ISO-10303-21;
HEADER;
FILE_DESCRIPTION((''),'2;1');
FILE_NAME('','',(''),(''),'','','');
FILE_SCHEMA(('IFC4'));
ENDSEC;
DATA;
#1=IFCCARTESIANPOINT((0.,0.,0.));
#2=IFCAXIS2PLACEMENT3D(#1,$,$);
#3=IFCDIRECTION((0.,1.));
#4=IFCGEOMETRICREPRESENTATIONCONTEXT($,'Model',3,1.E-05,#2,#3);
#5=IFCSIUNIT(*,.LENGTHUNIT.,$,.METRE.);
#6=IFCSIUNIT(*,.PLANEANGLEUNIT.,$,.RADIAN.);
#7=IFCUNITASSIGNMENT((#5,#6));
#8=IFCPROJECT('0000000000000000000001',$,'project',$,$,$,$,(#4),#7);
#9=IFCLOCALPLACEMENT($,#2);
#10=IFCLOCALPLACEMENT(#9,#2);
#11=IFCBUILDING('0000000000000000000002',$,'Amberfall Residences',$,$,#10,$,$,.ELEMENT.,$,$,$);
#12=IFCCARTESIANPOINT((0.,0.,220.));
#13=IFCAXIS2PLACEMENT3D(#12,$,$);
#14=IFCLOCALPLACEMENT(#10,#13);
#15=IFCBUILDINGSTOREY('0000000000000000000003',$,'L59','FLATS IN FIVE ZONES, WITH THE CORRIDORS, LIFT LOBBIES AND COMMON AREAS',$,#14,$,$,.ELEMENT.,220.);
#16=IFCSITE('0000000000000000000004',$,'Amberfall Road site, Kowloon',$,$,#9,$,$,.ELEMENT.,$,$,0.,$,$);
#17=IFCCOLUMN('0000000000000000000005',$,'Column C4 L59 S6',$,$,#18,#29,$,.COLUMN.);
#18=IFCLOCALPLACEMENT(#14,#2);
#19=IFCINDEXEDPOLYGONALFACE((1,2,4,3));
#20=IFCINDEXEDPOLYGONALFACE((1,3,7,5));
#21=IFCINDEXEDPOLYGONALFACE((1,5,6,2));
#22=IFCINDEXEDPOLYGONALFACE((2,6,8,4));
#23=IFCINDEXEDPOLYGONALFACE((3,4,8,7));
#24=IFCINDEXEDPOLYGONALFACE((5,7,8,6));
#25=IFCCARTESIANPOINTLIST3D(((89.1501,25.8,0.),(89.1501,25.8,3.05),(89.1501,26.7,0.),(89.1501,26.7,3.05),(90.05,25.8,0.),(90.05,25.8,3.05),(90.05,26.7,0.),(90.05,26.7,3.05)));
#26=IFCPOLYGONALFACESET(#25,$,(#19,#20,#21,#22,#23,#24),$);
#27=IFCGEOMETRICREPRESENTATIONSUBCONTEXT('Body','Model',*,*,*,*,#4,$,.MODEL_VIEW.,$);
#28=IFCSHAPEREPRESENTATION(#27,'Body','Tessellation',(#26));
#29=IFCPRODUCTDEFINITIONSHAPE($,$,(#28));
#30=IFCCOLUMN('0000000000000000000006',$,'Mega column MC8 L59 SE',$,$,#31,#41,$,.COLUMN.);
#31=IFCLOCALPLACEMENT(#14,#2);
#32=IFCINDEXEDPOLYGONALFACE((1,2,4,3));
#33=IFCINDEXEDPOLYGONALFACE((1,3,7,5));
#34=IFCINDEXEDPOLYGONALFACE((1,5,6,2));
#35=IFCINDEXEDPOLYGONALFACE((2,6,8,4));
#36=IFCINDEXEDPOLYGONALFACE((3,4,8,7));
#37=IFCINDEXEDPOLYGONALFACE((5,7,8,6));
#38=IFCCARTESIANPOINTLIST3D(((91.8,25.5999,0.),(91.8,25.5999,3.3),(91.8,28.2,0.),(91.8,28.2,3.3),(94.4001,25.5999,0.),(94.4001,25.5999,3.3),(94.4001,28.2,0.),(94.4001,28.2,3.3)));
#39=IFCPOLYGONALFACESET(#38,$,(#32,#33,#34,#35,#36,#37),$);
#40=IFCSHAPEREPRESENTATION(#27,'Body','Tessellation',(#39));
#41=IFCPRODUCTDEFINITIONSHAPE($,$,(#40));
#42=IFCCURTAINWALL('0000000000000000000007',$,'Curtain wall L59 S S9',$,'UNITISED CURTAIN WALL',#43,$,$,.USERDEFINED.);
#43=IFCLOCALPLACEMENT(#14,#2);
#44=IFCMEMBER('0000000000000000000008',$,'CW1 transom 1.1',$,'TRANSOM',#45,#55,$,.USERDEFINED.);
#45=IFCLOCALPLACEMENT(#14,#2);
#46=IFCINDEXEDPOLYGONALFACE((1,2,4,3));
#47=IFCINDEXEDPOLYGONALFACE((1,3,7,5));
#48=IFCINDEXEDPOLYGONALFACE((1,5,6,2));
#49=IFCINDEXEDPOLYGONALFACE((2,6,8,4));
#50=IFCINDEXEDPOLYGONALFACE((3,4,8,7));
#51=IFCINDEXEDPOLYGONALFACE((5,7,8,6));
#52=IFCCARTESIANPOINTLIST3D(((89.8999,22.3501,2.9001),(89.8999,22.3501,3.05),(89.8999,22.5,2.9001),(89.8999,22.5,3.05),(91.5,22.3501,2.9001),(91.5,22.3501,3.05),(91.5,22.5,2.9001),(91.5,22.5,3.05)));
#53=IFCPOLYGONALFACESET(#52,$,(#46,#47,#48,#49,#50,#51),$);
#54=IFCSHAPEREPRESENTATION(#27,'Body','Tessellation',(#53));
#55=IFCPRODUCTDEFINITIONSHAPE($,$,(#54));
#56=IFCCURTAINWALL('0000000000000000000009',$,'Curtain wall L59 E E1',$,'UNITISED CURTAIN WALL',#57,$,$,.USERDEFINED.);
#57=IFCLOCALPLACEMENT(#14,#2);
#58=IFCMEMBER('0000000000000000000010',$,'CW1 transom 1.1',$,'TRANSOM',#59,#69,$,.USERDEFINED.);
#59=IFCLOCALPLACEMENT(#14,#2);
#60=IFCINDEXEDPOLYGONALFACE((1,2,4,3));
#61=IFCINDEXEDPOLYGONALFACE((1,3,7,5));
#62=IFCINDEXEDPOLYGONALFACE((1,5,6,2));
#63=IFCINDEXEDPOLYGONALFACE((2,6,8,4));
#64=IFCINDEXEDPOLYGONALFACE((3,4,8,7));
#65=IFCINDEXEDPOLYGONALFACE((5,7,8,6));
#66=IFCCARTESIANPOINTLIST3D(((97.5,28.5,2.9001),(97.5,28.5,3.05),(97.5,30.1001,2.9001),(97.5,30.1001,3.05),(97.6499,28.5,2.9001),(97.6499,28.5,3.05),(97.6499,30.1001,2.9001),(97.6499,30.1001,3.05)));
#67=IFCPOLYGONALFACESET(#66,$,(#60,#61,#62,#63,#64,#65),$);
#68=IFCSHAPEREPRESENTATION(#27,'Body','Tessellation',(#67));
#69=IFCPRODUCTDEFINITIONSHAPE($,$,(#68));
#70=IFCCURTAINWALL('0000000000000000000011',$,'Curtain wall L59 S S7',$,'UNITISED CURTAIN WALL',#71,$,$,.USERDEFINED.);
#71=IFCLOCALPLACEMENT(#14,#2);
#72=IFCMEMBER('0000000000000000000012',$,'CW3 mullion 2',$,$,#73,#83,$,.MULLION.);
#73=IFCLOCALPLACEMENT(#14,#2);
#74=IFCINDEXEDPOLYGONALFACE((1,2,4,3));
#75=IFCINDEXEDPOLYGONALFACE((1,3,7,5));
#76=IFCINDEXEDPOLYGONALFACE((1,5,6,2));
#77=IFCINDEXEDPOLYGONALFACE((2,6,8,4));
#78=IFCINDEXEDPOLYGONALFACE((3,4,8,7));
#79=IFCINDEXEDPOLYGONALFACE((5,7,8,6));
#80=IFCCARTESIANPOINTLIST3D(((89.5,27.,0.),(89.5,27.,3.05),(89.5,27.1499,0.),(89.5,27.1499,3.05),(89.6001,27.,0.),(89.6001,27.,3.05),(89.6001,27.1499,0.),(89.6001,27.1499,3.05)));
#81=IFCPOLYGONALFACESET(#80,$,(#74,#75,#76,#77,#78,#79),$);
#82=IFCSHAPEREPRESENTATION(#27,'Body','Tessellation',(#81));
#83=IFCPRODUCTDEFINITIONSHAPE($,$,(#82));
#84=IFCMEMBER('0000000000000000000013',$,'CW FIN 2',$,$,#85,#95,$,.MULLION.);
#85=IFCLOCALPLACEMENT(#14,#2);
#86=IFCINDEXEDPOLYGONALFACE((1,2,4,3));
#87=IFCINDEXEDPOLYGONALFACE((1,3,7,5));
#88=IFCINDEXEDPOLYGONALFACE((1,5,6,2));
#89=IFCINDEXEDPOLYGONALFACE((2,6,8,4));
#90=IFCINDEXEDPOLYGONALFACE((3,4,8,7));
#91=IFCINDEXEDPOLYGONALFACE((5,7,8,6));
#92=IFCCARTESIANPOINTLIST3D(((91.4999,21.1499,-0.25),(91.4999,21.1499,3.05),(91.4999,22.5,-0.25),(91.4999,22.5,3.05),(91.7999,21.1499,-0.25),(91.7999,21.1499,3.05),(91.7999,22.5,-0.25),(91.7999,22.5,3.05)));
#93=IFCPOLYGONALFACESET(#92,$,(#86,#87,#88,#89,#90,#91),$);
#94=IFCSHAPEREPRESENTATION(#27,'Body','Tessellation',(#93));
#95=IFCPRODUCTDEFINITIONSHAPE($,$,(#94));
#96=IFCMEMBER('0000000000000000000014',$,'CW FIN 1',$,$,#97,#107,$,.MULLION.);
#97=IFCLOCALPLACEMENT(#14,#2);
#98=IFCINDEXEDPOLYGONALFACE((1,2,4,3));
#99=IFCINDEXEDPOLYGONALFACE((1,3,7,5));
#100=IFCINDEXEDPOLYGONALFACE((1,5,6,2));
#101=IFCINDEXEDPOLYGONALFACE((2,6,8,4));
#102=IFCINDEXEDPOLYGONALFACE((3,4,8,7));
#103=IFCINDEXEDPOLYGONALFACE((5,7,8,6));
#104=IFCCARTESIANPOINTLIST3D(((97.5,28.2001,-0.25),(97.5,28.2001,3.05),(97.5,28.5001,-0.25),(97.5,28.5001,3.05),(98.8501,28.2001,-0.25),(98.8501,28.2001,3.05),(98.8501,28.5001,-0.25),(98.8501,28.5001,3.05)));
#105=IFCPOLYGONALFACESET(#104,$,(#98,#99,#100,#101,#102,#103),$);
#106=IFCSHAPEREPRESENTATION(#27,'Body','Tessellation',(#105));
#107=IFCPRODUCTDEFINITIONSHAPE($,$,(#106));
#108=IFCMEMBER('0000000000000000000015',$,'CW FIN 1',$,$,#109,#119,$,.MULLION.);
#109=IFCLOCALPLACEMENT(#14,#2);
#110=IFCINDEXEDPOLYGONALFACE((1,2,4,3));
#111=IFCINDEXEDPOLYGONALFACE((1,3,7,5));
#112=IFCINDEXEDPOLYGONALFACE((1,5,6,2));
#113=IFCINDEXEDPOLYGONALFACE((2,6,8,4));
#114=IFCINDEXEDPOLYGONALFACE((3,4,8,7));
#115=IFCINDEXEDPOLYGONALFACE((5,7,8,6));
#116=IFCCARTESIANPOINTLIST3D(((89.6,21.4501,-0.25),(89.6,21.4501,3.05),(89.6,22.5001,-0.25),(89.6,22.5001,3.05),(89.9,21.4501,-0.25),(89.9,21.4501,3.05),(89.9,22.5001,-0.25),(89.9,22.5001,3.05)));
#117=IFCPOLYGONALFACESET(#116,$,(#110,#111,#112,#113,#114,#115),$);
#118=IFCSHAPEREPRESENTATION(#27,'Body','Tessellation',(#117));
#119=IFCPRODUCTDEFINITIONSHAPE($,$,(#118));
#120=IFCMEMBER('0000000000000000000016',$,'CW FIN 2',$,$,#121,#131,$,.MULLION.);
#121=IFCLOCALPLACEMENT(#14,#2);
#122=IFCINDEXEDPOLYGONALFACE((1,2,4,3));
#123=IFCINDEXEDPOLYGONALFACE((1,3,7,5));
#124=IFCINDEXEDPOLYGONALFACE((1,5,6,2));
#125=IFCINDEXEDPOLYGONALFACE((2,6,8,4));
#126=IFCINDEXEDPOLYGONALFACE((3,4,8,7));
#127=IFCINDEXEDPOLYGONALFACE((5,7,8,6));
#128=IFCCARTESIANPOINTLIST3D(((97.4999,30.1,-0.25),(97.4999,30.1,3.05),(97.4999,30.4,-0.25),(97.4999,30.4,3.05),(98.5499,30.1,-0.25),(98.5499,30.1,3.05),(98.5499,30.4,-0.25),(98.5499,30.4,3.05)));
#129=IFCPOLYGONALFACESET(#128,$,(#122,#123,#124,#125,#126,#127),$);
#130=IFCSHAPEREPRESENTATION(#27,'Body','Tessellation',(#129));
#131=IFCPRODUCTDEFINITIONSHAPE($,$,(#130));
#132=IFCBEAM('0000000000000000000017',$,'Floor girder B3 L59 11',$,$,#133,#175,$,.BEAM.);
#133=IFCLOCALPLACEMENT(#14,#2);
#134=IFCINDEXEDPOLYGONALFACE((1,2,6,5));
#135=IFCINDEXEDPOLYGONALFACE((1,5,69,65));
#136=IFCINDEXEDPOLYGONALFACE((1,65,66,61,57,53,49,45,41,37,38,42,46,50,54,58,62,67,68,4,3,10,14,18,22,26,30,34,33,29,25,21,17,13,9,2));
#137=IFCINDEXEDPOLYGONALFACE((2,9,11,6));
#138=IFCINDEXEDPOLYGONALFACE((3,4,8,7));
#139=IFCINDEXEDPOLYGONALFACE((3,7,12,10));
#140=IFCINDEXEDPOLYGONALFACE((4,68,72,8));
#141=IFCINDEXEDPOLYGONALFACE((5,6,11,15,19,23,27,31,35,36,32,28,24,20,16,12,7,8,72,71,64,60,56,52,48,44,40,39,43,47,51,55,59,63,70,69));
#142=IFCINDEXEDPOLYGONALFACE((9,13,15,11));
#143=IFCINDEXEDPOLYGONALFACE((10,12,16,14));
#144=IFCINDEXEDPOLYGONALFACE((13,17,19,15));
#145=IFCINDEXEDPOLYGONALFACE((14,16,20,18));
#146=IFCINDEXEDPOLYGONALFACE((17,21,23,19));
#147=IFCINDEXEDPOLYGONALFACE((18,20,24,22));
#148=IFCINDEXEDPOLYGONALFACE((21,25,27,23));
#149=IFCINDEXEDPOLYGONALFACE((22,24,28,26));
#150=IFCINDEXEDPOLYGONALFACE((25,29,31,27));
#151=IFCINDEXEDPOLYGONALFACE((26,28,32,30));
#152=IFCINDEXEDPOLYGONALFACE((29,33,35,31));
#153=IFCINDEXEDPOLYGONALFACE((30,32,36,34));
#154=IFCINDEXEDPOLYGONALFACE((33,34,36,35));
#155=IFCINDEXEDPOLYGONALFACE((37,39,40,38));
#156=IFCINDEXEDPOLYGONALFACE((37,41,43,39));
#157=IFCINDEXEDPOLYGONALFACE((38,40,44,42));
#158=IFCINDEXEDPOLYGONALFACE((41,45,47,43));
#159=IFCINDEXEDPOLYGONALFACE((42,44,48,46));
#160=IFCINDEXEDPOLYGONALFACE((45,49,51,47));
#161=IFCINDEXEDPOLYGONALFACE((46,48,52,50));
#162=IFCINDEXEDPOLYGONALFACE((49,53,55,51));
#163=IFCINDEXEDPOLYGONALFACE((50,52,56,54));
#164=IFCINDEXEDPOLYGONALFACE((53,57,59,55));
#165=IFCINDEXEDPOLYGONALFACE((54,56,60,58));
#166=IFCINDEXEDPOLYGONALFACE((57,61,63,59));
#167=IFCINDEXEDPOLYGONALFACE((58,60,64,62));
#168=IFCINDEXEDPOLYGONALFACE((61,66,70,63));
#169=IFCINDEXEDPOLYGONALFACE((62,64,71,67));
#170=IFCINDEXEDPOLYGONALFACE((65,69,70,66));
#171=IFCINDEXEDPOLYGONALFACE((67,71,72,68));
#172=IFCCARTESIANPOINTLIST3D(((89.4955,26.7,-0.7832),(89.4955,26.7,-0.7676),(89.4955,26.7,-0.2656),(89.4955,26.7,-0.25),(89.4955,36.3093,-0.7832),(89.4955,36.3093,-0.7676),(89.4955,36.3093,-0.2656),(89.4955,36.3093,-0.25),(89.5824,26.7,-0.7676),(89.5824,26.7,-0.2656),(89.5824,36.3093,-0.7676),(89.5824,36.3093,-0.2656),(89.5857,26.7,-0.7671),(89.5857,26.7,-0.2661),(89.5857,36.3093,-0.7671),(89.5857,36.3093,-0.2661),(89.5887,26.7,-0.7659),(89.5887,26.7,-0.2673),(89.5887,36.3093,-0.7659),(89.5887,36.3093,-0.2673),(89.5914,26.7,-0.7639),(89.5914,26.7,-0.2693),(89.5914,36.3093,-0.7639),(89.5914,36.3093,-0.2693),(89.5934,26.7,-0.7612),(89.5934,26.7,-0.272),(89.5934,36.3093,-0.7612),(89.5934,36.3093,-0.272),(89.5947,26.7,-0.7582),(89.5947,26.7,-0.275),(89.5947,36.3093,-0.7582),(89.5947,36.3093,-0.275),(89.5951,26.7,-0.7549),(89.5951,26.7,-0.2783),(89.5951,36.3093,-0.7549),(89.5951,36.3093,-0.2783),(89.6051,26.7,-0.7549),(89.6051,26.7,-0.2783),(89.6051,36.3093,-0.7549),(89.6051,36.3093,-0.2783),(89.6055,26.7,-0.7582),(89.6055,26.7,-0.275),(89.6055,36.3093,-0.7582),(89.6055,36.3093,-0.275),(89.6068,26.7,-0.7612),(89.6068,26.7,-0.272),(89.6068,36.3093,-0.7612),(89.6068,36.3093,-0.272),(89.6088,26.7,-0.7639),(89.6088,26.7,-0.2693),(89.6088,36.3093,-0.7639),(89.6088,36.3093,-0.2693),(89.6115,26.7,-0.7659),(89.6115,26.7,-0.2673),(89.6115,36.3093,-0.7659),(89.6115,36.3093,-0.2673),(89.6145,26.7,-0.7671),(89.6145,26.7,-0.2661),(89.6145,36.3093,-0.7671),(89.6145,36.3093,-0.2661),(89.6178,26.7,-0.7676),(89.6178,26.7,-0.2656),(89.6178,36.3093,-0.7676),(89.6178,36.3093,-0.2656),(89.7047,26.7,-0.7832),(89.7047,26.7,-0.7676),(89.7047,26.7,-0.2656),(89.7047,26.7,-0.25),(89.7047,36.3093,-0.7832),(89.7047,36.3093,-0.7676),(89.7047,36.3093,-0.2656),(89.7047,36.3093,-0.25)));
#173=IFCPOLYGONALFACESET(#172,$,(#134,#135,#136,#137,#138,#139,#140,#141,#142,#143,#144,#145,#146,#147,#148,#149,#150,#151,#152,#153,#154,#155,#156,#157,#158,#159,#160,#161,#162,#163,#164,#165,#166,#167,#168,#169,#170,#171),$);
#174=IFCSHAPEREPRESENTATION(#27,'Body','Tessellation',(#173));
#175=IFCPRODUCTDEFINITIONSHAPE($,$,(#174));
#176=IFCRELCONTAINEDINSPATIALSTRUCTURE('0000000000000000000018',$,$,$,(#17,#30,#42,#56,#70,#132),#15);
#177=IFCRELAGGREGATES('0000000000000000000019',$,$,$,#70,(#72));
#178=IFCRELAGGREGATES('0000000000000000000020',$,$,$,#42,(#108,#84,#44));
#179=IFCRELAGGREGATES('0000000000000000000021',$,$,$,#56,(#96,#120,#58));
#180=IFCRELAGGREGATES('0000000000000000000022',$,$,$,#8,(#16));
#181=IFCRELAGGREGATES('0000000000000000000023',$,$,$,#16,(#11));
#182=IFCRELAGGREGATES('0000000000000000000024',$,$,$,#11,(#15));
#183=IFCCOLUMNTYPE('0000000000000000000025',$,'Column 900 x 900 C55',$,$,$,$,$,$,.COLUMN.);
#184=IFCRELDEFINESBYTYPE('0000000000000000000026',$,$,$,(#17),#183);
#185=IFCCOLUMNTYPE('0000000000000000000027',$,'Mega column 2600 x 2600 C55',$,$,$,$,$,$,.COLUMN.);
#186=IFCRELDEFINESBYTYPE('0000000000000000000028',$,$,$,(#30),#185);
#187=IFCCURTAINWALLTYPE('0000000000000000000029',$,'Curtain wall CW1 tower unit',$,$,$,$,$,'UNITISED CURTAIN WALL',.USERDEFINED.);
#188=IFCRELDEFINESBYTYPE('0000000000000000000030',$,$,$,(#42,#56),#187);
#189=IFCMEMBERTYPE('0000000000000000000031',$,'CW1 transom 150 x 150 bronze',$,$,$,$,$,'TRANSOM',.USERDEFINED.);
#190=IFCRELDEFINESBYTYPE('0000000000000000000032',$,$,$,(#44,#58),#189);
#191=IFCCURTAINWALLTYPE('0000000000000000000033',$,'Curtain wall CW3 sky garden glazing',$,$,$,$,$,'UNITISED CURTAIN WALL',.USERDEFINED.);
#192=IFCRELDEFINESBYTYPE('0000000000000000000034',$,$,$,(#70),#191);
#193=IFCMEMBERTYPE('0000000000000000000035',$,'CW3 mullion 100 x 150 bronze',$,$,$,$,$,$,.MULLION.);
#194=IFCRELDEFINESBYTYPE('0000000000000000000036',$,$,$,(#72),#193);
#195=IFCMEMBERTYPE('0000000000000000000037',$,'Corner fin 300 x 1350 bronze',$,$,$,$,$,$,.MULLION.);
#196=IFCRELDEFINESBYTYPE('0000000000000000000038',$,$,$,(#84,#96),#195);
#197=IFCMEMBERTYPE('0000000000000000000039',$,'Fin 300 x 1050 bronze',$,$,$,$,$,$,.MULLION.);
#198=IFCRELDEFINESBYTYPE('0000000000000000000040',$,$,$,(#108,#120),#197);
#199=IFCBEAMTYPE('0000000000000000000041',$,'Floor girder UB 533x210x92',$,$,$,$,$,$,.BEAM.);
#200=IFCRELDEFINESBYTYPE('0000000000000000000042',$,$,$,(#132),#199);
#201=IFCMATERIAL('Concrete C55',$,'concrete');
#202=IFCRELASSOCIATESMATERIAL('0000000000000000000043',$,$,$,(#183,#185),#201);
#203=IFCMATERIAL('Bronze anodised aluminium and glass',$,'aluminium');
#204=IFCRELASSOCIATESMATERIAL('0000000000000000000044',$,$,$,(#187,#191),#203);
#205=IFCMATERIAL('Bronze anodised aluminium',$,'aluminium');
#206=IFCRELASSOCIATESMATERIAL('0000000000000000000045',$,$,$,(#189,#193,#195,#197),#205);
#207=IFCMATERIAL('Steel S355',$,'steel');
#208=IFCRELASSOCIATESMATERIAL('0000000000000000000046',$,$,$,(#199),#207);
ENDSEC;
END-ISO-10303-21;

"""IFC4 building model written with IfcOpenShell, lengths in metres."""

from ifc_helpers import new_model, si_unit, direction, frame, origin, origin_2d, place, context, subcontext, project, spatial, rectangle, i_section, extrude, material, material_profile, profile_set, type_object, element, aggregate, save


model = new_model("IFC4")

# Units and contexts
model_context = context("Model", 3, precision=1e-05, world=origin(), true_north=direction((0.0, 1.0)))
body_context = subcontext(model_context, "Body", "Model", "MODEL_VIEW")
ifc_project = project(units=[si_unit("LENGTHUNIT", "METRE"), si_unit("PLANEANGLEUNIT", "RADIAN")], contexts=[model_context])

# Site, building, storey
site_placement = place(None, origin())
site = spatial("IfcSite", under=ifc_project, at=site_placement, Name="Amberfall Road site, Kowloon", CompositionType="ELEMENT", RefElevation=0.0)
building_placement = place(site_placement, origin())
building = spatial("IfcBuilding", under=site, at=building_placement, Name="Amberfall Residences", CompositionType="ELEMENT")
storey_placement = place(building_placement, frame((0.0, 0.0, 220.0)))
storey = spatial("IfcBuildingStorey", under=building, at=storey_placement, Name="L59", Description="FLATS IN FIVE ZONES, WITH THE CORRIDORS, LIFT LOBBIES AND COMMON AREAS", CompositionType="ELEMENT", Elevation=220.0)

# Columns
ifc_material_1 = material(Name="Concrete C55", Category="concrete")
ifc_material_profile_1 = material_profile(ifc_material_1, rectangle(XDim=0.8999, YDim=0.8999, at=origin_2d()), Name="Column 900 x 900 C55")
ifc_profile_set_1 = profile_set([ifc_material_profile_1], Name="Concrete C55")
column_type_1 = type_object("IfcColumnType", Name="Column 900 x 900 C55", PredefinedType="COLUMN", material=ifc_profile_set_1)
column_1_placement = place(storey_placement, frame((89.6001, 26.25, 0.0), z_axis=(0.0, 0.0, 1.0), x_axis=(1.0, 0.0, 0.0)))
element("IfcColumn", 1, at=column_1_placement, inside=storey, type_object=column_type_1, Name="Column C4 L59 S6", PredefinedType="COLUMN", context=body_context, shape_type="SweptSolid", body=[
    extrude(rectangle(XDim=0.8999, YDim=0.8999, at=origin_2d()), origin(), (0.0, 0.0, 1.0), 3.05),
])
ifc_material_profile_2 = material_profile(ifc_material_1, rectangle(XDim=2.6001, YDim=2.6001, at=origin_2d()), Name="Mega column 2600 x 2600 C55")
ifc_profile_set_2 = profile_set([ifc_material_profile_2], Name="Concrete C55")
column_type_2 = type_object("IfcColumnType", Name="Mega column 2600 x 2600 C55", PredefinedType="COLUMN", material=ifc_profile_set_2)
column_2_placement = place(storey_placement, frame((93.1001, 26.8999, 0.0), z_axis=(0.0, 0.0, 1.0), x_axis=(1.0, 0.0, 0.0)))
element("IfcColumn", 2, at=column_2_placement, inside=storey, type_object=column_type_2, Name="Mega column MC8 L59 SE", PredefinedType="COLUMN", context=body_context, shape_type="SweptSolid", body=[
    extrude(rectangle(XDim=2.6001, YDim=2.6001, at=origin_2d()), origin(), (0.0, 0.0, 1.0), 3.3),
])

# Curtain walls, members
ifc_material_2 = material(Name="Bronze anodised aluminium and glass", Category="aluminium")
curtain_wall_type_1 = type_object("IfcCurtainWallType", Name="Curtain wall CW1 tower unit", ElementType="UNITISED CURTAIN WALL", PredefinedType="USERDEFINED", material=ifc_material_2)
curtain_wall_1_placement = place(storey_placement, origin())
curtain_wall_1 = element("IfcCurtainWall", 3, at=curtain_wall_1_placement, inside=storey, type_object=curtain_wall_type_1, Name="Curtain wall L59 S S9", ObjectType="UNITISED CURTAIN WALL", PredefinedType="USERDEFINED")
ifc_material_3 = material(Name="Bronze anodised aluminium", Category="aluminium")
ifc_material_profile_3 = material_profile(ifc_material_3, rectangle(XDim=0.1499, YDim=0.1499, at=origin_2d()), Name="CW1 transom 150 x 150 bronze")
ifc_profile_set_3 = profile_set([ifc_material_profile_3], Name="Bronze anodised aluminium")
member_type_1 = type_object("IfcMemberType", Name="CW1 transom 150 x 150 bronze", ElementType="TRANSOM", PredefinedType="USERDEFINED", material=ifc_profile_set_3)
member_1_placement = place(storey_placement, frame((89.8999, 22.425, 2.9751), z_axis=(1.0, 0.0, 0.0), x_axis=(0.0, 1.0, 0.0)))
member_1 = element("IfcMember", 4, at=member_1_placement, type_object=member_type_1, Name="CW1 transom 1.1", ObjectType="TRANSOM", PredefinedType="USERDEFINED", context=body_context, shape_type="SweptSolid", body=[
    extrude(rectangle(XDim=0.1499, YDim=0.1499, at=origin_2d()), origin(), (0.0, 0.0, 1.0), 1.6001),
])
curtain_wall_2_placement = place(storey_placement, origin())
curtain_wall_2 = element("IfcCurtainWall", 5, at=curtain_wall_2_placement, inside=storey, type_object=curtain_wall_type_1, Name="Curtain wall L59 E E1", ObjectType="UNITISED CURTAIN WALL", PredefinedType="USERDEFINED")
member_2_placement = place(storey_placement, frame((97.575, 28.5, 2.9751), z_axis=(0.0, 1.0, 0.0), x_axis=(-1.0, 0.0, 0.0)))
member_2 = element("IfcMember", 6, at=member_2_placement, type_object=member_type_1, Name="CW1 transom 1.1", ObjectType="TRANSOM", PredefinedType="USERDEFINED", context=body_context, shape_type="SweptSolid", body=[
    extrude(rectangle(XDim=0.1499, YDim=0.1499, at=origin_2d()), origin(), (0.0, 0.0, 1.0), 1.6001),
])
curtain_wall_type_2 = type_object("IfcCurtainWallType", Name="Curtain wall CW3 sky garden glazing", ElementType="UNITISED CURTAIN WALL", PredefinedType="USERDEFINED", material=ifc_material_2)
curtain_wall_3_placement = place(storey_placement, origin())
curtain_wall_3 = element("IfcCurtainWall", 7, at=curtain_wall_3_placement, inside=storey, type_object=curtain_wall_type_2, Name="Curtain wall L59 S S7", ObjectType="UNITISED CURTAIN WALL", PredefinedType="USERDEFINED")
ifc_material_profile_4 = material_profile(ifc_material_3, rectangle(XDim=0.1499, YDim=0.1001, at=origin_2d()), Name="CW3 mullion 100 x 150 bronze")
ifc_profile_set_4 = profile_set([ifc_material_profile_4], Name="Bronze anodised aluminium")
member_type_2 = type_object("IfcMemberType", Name="CW3 mullion 100 x 150 bronze", PredefinedType="MULLION", material=ifc_profile_set_4)
member_3_placement = place(storey_placement, frame((89.55, 27.075, 0.0), z_axis=(0.0, 0.0, 1.0), x_axis=(0.0, 1.0, 0.0)))
member_3 = element("IfcMember", 8, at=member_3_placement, type_object=member_type_2, Name="CW3 mullion 2", PredefinedType="MULLION", context=body_context, shape_type="SweptSolid", body=[
    extrude(rectangle(XDim=0.1499, YDim=0.1001, at=origin_2d()), origin(), (0.0, 0.0, 1.0), 3.05),
])
aggregate(curtain_wall_3, [member_3])

# Members
ifc_material_profile_5 = material_profile(ifc_material_3, rectangle(XDim=1.3501, YDim=0.3, at=origin_2d()), Name="Corner fin 300 x 1350 bronze")
ifc_profile_set_5 = profile_set([ifc_material_profile_5], Name="Bronze anodised aluminium")
member_type_3 = type_object("IfcMemberType", Name="Corner fin 300 x 1350 bronze", PredefinedType="MULLION", material=ifc_profile_set_5)
member_4_placement = place(storey_placement, frame((91.6499, 21.825, -0.25), z_axis=(0.0, 0.0, 1.0), x_axis=(0.0, 1.0, 0.0)))
member_4 = element("IfcMember", 9, at=member_4_placement, type_object=member_type_3, Name="CW FIN 2", PredefinedType="MULLION", context=body_context, shape_type="SweptSolid", body=[
    extrude(rectangle(XDim=1.3501, YDim=0.3, at=origin_2d()), origin(), (0.0, 0.0, 1.0), 3.3),
])
member_5_placement = place(storey_placement, frame((98.175, 28.3501, -0.25), z_axis=(0.0, 0.0, 1.0), x_axis=(-1.0, 0.0, 0.0)))
member_5 = element("IfcMember", 10, at=member_5_placement, type_object=member_type_3, Name="CW FIN 1", PredefinedType="MULLION", context=body_context, shape_type="SweptSolid", body=[
    extrude(rectangle(XDim=1.3501, YDim=0.3, at=origin_2d()), origin(), (0.0, 0.0, 1.0), 3.3),
])
ifc_material_profile_6 = material_profile(ifc_material_3, rectangle(XDim=1.05, YDim=0.3, at=origin_2d()), Name="Fin 300 x 1050 bronze")
ifc_profile_set_6 = profile_set([ifc_material_profile_6], Name="Bronze anodised aluminium")
member_type_4 = type_object("IfcMemberType", Name="Fin 300 x 1050 bronze", PredefinedType="MULLION", material=ifc_profile_set_6)
member_6_placement = place(storey_placement, frame((89.75, 21.9751, -0.25), z_axis=(0.0, 0.0, 1.0), x_axis=(0.0, 1.0, 0.0)))
member_6 = element("IfcMember", 11, at=member_6_placement, type_object=member_type_4, Name="CW FIN 1", PredefinedType="MULLION", context=body_context, shape_type="SweptSolid", body=[
    extrude(rectangle(XDim=1.05, YDim=0.3, at=origin_2d()), origin(), (0.0, 0.0, 1.0), 3.3),
])
member_7_placement = place(storey_placement, frame((98.0249, 30.25, -0.25), z_axis=(0.0, 0.0, 1.0), x_axis=(-1.0, 0.0, 0.0)))
member_7 = element("IfcMember", 12, at=member_7_placement, type_object=member_type_4, Name="CW FIN 2", PredefinedType="MULLION", context=body_context, shape_type="SweptSolid", body=[
    extrude(rectangle(XDim=1.05, YDim=0.3, at=origin_2d()), origin(), (0.0, 0.0, 1.0), 3.3),
])

# Beam
ifc_material_4 = material(Name="Steel S355", Category="steel")
ifc_material_profile_7 = material_profile(ifc_material_4, i_section(OverallWidth=0.2092, OverallDepth=0.5332, WebThickness=0.01, FlangeThickness=0.0156, FilletRadius=0.0127, at=origin_2d()), Name="UB 533x210x92")
ifc_profile_set_7 = profile_set([ifc_material_profile_7], Name="Steel S355")
beam_type_1 = type_object("IfcBeamType", Name="Floor girder UB 533x210x92", PredefinedType="BEAM", material=ifc_profile_set_7)
beam_1_placement = place(storey_placement, frame((89.6001, 26.7, -0.5166), z_axis=(0.0, 1.0, 0.0), x_axis=(-1.0, 0.0, 0.0)))
element("IfcBeam", 13, at=beam_1_placement, inside=storey, type_object=beam_type_1, Name="Floor girder B3 L59 11", PredefinedType="BEAM", context=body_context, shape_type="SweptSolid", body=[
    extrude(i_section(OverallWidth=0.2092, OverallDepth=0.5332, WebThickness=0.01, FlangeThickness=0.0156, FilletRadius=0.0127, at=origin_2d()), origin(), (0.0, 0.0, 1.0), 9.6094),
])

aggregate(curtain_wall_1, [member_6, member_4, member_1])
aggregate(curtain_wall_2, [member_5, member_7, member_2])

save(model, "model.ifc")
